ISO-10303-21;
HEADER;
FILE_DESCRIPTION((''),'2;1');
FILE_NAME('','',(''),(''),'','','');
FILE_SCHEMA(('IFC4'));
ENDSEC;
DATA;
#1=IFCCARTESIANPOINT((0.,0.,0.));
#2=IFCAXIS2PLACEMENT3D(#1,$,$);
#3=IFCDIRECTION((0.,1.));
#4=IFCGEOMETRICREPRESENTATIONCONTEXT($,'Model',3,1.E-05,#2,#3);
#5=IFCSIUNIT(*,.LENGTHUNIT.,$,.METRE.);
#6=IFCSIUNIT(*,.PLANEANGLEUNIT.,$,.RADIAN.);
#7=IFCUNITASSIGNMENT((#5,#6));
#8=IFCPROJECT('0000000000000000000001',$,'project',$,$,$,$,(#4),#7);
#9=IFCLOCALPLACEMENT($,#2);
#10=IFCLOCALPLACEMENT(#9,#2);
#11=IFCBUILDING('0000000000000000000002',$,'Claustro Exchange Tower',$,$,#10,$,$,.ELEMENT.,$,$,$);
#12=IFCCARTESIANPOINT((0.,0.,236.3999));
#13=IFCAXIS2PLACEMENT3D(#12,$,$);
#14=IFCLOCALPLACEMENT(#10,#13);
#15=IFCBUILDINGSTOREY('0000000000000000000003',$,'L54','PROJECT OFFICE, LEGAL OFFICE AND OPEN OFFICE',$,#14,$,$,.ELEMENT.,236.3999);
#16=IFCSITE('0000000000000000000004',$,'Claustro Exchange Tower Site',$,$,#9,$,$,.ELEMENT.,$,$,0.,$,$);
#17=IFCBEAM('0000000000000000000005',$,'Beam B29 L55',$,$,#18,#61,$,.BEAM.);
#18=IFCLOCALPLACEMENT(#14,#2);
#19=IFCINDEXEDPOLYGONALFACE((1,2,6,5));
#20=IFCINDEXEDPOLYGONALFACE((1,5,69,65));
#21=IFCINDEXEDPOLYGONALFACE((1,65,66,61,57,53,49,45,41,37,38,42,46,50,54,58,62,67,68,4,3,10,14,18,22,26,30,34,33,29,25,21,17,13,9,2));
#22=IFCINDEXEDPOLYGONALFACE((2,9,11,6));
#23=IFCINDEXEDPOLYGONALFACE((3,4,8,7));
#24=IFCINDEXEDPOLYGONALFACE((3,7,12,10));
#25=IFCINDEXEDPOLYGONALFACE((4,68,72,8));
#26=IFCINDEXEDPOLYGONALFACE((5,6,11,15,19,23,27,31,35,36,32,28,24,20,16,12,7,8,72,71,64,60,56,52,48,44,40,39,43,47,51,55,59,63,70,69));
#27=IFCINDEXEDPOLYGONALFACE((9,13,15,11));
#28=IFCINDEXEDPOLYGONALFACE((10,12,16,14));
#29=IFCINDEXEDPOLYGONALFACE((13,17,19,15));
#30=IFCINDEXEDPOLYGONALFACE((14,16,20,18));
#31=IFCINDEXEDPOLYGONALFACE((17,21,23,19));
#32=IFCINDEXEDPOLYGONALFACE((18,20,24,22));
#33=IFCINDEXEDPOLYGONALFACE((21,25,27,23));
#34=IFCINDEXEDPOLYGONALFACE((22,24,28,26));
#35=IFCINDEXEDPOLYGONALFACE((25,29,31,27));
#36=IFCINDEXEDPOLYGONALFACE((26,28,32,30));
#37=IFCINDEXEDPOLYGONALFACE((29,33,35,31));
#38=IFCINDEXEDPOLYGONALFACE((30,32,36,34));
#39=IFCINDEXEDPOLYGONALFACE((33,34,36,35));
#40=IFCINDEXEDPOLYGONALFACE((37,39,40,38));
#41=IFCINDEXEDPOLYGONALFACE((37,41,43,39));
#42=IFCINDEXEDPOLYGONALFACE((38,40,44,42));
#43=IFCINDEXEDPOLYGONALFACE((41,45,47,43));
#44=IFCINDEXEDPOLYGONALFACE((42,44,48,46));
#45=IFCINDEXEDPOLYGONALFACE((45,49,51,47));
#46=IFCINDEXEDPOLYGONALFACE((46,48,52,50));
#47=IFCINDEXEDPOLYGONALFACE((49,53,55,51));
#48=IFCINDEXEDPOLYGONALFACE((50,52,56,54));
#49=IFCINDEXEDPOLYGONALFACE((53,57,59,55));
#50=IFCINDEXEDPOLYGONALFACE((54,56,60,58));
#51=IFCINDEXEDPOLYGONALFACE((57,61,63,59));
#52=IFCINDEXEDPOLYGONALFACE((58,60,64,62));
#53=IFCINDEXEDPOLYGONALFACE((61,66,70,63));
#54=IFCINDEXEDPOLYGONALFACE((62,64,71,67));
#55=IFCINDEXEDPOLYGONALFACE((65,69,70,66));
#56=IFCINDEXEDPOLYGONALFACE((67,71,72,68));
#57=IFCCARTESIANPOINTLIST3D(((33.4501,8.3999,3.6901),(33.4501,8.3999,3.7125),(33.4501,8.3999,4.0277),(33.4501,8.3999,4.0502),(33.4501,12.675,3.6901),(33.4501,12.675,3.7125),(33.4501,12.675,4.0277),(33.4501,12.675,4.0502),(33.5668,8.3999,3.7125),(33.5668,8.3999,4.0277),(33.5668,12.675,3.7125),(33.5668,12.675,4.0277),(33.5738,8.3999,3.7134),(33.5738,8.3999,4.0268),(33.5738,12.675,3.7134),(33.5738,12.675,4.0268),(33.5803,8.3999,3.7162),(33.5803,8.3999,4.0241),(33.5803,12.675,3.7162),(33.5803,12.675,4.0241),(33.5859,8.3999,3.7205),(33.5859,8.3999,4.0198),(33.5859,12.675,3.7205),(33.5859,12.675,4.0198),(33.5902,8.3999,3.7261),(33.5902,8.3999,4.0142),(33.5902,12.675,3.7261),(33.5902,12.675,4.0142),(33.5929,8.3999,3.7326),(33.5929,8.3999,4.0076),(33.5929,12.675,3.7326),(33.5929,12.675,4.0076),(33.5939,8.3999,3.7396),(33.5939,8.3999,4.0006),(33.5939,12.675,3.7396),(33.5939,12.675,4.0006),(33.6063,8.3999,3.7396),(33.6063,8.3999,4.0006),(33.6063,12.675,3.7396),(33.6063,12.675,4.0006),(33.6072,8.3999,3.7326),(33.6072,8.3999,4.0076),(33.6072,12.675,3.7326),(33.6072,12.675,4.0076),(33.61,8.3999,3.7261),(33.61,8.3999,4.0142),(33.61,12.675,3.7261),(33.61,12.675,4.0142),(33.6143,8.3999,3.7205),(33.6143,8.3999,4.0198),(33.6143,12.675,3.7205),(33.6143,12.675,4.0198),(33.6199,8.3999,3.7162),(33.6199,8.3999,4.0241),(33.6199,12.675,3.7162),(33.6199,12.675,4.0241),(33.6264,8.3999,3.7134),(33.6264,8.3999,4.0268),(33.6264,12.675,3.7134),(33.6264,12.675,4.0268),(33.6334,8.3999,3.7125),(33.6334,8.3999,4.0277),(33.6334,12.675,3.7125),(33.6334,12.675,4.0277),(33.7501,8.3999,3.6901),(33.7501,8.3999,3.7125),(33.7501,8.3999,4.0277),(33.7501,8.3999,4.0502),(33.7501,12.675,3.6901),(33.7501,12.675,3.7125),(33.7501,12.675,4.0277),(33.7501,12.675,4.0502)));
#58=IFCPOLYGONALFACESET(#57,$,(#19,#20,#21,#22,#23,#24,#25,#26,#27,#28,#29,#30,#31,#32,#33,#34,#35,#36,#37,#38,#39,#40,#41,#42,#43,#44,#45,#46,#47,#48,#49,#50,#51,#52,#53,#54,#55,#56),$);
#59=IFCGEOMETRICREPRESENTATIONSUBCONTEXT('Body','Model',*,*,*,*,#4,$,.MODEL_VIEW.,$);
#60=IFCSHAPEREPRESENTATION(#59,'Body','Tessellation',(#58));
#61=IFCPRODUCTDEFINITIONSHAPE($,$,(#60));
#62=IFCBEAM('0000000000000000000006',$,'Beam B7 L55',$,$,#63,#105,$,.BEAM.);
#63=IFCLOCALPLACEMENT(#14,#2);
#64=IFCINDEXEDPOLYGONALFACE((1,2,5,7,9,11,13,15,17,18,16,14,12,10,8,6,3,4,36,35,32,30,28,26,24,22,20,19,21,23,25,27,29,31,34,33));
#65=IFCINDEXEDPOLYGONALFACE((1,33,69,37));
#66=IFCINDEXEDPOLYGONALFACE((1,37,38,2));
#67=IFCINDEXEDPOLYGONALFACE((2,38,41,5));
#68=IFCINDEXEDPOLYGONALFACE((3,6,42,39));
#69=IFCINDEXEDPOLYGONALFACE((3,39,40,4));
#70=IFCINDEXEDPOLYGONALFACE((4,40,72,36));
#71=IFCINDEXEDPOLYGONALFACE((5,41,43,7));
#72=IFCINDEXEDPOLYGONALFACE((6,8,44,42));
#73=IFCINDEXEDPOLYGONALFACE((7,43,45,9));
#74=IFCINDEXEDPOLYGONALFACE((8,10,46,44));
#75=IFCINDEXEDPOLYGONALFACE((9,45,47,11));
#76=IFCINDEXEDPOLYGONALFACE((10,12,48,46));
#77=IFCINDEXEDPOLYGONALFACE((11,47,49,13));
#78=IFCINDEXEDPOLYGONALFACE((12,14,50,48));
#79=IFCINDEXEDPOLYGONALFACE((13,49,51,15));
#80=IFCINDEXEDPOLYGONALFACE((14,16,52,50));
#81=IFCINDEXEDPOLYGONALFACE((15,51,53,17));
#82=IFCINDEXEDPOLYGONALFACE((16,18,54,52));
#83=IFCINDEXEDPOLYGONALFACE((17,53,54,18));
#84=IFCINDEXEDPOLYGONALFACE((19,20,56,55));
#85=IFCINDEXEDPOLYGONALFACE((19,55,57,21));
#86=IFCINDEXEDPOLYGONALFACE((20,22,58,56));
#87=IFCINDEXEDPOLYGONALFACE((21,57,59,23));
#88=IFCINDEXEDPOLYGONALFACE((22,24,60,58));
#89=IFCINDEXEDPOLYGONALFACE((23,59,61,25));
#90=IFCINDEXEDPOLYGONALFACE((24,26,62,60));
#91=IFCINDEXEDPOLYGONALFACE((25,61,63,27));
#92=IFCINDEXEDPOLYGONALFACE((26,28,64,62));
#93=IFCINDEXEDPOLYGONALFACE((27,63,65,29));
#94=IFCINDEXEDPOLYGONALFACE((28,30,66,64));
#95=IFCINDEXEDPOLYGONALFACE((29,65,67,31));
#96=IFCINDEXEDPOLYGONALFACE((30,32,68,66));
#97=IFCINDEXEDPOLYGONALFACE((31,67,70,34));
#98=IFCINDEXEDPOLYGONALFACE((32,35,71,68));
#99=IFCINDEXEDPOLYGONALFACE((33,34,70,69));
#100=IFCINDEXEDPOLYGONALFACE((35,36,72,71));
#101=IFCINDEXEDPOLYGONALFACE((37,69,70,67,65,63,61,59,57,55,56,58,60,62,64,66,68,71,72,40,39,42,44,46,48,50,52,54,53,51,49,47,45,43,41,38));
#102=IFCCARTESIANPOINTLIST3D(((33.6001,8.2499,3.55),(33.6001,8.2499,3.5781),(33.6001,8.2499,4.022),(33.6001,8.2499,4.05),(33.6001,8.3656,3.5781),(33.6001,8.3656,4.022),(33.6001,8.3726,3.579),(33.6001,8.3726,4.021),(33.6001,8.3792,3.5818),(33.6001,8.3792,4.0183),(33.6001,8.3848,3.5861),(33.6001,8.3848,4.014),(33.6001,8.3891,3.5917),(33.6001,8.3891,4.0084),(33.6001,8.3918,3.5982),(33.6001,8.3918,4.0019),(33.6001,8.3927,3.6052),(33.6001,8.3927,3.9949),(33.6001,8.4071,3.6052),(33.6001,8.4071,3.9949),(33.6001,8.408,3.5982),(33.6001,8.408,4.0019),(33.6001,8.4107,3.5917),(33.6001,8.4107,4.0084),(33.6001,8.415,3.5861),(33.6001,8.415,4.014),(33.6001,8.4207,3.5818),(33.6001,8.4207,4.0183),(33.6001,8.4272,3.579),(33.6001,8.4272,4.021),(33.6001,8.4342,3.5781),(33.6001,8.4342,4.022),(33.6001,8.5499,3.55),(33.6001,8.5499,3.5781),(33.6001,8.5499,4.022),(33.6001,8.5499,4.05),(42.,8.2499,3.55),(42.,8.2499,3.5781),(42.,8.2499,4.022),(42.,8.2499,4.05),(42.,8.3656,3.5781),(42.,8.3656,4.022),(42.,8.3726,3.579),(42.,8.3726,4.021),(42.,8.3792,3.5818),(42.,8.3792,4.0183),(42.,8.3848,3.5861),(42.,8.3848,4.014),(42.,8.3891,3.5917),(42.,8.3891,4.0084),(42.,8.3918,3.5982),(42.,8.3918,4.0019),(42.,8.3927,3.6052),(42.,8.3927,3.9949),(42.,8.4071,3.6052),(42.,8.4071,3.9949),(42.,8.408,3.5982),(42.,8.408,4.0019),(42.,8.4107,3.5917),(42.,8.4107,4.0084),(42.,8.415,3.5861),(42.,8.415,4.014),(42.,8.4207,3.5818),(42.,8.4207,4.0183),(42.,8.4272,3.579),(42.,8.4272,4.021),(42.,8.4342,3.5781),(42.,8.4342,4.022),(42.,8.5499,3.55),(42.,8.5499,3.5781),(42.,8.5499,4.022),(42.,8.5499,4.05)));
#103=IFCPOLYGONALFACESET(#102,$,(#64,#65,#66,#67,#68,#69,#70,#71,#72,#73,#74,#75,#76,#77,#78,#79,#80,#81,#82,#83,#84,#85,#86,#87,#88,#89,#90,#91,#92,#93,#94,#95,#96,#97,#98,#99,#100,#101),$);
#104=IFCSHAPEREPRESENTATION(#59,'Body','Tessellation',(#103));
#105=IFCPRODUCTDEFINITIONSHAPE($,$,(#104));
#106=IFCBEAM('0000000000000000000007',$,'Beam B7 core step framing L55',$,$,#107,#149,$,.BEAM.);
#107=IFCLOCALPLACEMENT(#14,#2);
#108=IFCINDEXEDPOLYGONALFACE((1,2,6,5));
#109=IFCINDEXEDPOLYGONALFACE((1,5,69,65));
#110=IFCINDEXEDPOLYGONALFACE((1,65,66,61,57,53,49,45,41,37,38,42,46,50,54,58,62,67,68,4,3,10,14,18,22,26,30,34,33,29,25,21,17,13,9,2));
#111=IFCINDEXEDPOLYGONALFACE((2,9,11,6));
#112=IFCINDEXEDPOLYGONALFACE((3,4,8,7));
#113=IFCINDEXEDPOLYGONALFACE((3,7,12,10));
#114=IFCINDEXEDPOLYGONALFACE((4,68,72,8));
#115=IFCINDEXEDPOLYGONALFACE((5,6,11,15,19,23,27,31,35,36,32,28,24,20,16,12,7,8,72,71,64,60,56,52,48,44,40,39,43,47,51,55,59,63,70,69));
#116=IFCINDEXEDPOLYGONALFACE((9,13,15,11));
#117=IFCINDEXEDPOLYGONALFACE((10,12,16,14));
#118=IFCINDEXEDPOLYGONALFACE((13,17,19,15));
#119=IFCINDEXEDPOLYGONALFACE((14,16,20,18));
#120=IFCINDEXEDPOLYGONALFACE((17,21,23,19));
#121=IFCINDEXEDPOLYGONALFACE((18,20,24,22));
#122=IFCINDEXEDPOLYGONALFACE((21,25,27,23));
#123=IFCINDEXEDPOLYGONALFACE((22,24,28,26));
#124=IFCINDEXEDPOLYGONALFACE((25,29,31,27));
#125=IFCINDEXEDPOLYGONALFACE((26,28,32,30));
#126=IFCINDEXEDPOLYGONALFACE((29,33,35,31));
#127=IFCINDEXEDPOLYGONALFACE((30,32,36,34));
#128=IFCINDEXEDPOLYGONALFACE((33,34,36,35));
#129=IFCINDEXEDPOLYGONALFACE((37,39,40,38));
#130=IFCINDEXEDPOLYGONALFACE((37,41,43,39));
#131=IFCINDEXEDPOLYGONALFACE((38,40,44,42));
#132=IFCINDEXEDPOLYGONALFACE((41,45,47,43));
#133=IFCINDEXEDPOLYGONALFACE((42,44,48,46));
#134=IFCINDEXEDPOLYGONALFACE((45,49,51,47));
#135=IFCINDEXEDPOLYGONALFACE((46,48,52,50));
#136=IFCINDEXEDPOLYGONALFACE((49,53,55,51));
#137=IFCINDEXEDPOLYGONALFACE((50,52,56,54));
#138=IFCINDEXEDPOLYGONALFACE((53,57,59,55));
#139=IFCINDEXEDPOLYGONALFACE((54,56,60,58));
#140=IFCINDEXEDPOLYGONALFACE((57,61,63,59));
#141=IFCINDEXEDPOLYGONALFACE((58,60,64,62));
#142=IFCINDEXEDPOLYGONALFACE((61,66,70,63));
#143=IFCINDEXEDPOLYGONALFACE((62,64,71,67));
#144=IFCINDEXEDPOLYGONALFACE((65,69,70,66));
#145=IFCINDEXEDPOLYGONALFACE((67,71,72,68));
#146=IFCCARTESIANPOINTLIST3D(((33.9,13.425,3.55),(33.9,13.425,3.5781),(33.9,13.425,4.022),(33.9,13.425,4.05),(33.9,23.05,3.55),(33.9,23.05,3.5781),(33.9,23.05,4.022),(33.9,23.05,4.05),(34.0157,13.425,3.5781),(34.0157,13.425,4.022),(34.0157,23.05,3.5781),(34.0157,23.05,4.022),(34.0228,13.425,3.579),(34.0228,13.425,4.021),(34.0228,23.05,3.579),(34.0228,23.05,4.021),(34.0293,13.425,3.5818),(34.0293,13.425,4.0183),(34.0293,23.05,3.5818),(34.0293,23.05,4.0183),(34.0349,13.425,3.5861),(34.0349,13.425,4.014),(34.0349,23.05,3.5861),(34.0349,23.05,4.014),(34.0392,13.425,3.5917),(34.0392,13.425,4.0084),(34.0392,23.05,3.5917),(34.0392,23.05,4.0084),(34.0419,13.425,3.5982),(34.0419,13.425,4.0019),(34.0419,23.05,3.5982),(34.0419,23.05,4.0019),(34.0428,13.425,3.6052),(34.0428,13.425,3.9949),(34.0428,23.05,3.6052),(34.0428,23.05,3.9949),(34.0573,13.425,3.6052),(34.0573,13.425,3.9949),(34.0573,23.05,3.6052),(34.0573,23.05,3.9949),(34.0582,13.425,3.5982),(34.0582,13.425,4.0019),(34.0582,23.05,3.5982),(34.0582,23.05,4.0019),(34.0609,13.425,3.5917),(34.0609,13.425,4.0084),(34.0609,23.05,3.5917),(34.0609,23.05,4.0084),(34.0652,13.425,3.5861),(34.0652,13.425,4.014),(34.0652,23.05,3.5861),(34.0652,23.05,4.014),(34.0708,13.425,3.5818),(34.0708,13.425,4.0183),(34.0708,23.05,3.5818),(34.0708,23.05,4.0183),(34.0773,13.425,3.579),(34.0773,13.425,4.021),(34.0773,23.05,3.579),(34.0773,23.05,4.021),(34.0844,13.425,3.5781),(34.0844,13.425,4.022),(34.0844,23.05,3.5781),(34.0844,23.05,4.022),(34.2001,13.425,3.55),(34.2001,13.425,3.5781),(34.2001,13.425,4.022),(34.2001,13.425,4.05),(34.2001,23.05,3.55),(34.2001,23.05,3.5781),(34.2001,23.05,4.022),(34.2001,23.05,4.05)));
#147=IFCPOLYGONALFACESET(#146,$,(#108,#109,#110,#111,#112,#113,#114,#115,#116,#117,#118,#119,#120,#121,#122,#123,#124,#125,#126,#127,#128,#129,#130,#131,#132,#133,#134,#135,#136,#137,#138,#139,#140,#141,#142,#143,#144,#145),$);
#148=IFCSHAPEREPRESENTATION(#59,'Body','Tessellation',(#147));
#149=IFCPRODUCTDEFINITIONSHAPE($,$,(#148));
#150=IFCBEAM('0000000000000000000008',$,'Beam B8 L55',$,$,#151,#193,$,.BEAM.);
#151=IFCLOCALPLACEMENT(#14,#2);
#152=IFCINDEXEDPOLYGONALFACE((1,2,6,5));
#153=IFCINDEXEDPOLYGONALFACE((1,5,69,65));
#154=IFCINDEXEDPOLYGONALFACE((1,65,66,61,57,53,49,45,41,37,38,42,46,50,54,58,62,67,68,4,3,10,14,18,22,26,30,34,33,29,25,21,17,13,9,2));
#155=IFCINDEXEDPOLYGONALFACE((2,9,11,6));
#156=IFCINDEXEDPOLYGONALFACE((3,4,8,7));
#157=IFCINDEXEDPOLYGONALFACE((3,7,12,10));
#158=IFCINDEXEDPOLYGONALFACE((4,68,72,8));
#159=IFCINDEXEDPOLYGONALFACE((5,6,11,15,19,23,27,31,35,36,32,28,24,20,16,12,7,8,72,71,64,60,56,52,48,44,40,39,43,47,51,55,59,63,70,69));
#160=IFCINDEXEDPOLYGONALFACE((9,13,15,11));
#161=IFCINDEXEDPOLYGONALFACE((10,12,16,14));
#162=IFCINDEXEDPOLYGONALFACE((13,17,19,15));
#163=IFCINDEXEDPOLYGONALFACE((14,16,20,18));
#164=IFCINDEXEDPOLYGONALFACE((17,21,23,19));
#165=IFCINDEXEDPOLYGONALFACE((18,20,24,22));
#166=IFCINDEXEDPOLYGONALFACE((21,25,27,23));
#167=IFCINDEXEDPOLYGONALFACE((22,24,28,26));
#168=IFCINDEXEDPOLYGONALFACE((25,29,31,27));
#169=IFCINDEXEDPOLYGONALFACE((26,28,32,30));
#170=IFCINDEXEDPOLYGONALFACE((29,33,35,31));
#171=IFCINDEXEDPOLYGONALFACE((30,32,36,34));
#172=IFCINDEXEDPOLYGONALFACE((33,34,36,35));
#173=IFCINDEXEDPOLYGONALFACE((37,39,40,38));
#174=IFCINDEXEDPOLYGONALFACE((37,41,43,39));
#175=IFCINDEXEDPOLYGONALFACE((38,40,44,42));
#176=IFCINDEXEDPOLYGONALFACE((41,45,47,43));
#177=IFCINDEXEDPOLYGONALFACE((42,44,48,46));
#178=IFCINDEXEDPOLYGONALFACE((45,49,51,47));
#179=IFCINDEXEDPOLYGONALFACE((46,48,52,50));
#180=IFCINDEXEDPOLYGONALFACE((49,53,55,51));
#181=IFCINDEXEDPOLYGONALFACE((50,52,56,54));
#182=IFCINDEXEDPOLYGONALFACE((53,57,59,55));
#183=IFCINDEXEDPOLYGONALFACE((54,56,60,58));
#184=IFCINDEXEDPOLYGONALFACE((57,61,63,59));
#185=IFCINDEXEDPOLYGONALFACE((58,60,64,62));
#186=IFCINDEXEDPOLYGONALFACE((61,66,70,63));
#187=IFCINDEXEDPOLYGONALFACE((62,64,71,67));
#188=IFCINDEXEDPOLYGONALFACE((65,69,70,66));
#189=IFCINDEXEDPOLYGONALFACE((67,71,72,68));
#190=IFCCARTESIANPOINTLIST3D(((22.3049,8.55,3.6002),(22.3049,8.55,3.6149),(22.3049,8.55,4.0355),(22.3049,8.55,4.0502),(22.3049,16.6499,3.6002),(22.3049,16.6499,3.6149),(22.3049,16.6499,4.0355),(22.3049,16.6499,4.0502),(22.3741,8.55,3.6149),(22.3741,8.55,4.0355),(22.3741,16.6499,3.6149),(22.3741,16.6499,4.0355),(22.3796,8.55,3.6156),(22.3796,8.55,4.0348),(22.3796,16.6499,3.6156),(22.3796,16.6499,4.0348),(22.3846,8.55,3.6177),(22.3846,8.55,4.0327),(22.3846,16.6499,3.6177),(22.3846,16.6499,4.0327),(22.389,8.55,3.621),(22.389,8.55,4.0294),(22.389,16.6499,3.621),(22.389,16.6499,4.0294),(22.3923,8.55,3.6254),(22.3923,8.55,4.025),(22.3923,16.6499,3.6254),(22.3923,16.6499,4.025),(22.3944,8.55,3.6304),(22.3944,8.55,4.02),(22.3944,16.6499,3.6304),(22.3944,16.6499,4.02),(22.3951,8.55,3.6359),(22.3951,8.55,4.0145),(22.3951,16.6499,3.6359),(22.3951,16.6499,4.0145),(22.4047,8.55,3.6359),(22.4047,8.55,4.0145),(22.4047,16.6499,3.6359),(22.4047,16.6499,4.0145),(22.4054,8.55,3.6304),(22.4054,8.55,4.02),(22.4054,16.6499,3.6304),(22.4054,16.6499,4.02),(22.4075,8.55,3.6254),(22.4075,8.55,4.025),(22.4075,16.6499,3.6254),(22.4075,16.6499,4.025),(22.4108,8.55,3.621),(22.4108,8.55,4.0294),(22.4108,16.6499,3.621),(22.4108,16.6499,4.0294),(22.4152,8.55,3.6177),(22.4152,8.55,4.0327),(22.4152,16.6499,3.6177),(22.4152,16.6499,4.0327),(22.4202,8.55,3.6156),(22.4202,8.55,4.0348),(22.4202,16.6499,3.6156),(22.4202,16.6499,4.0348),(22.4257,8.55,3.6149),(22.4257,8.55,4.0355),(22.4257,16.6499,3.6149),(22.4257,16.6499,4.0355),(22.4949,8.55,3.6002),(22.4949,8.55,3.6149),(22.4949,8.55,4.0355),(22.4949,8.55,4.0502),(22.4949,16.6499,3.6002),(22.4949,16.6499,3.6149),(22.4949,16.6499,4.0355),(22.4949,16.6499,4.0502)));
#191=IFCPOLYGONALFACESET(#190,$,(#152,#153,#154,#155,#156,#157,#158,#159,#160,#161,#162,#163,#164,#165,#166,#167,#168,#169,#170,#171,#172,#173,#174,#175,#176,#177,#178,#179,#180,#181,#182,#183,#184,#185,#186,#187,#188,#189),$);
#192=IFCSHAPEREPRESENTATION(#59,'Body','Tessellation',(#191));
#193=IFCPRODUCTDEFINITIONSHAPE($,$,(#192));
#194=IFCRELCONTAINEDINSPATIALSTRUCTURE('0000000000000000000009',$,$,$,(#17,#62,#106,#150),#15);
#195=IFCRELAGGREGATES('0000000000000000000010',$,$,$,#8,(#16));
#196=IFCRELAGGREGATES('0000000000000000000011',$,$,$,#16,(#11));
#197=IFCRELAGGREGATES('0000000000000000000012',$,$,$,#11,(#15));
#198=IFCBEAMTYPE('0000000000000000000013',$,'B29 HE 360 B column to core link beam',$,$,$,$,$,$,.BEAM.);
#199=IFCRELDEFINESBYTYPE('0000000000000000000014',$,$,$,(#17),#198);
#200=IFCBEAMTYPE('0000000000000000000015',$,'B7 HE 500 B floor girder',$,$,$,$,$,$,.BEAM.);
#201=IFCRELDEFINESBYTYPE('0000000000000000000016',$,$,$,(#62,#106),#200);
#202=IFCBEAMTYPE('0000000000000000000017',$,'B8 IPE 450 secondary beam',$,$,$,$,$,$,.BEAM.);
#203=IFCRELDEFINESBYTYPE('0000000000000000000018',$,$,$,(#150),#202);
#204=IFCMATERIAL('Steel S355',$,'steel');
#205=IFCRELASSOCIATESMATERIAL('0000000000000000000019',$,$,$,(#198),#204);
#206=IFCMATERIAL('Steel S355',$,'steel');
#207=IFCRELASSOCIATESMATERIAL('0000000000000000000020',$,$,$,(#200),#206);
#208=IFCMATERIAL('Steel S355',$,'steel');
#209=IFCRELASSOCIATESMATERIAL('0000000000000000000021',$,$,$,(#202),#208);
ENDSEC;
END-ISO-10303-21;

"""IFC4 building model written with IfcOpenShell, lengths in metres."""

from ifc_helpers import new_model, si_unit, direction, frame, origin, origin_2d, place, context, subcontext, project, spatial, i_section, extrude, material, material_profile, profile_set, type_object, element, save


model = new_model("IFC4")

# Units and contexts
model_context = context("Model", 3, precision=1e-05, world=origin(), true_north=direction((0.0, 1.0)))
body_context = subcontext(model_context, "Body", "Model", "MODEL_VIEW")
ifc_project = project(units=[si_unit("LENGTHUNIT", "METRE"), si_unit("PLANEANGLEUNIT", "RADIAN")], contexts=[model_context])

# Site, building, storey
site_placement = place(None, origin())
site = spatial("IfcSite", under=ifc_project, at=site_placement, Name="Claustro Exchange Tower Site", CompositionType="ELEMENT", RefElevation=0.0)
building_placement = place(site_placement, origin())
building = spatial("IfcBuilding", under=site, at=building_placement, Name="Claustro Exchange Tower", CompositionType="ELEMENT")
storey_placement = place(building_placement, frame((0.0, 0.0, 236.3999)))
storey = spatial("IfcBuildingStorey", under=building, at=storey_placement, Name="L54", Description="PROJECT OFFICE, LEGAL OFFICE AND OPEN OFFICE", CompositionType="ELEMENT", Elevation=236.3999)

# Beams
ifc_material_1 = material(Name="Steel S355", Category="steel")
ifc_material_profile_1 = material_profile(ifc_material_1, i_section(OverallWidth=0.3, OverallDepth=0.3601, WebThickness=0.0125, FlangeThickness=0.0225, FilletRadius=0.0271, at=origin_2d()), Name="HE 360 B")
ifc_profile_set_1 = profile_set([ifc_material_profile_1], Name="Steel S355")
beam_type_1 = type_object("IfcBeamType", Name="B29 HE 360 B column to core link beam", PredefinedType="BEAM", material=ifc_profile_set_1)
beam_1_placement = place(storey_placement, frame((33.6001, 8.3999, 3.8701), z_axis=(0.0, 1.0, 0.0), x_axis=(-1.0, 0.0, 0.0)))
element("IfcBeam", 1, at=beam_1_placement, inside=storey, type_object=beam_type_1, Name="Beam B29 L55", PredefinedType="BEAM", context=body_context, shape_type="SweptSolid", body=[
    extrude(i_section(OverallWidth=0.3, OverallDepth=0.3601, WebThickness=0.0125, FlangeThickness=0.0225, FilletRadius=0.0271, at=origin_2d()), origin(), (0.0, 0.0, 1.0), 4.2751),
])
ifc_material_2 = material(Name="Steel S355", Category="steel")
ifc_material_profile_2 = material_profile(ifc_material_2, i_section(OverallWidth=0.3, OverallDepth=0.5, WebThickness=0.0144, FlangeThickness=0.0281, FilletRadius=0.0271, at=origin_2d()), Name="HE 500 B")
ifc_profile_set_2 = profile_set([ifc_material_profile_2], Name="Steel S355")
beam_type_2 = type_object("IfcBeamType", Name="B7 HE 500 B floor girder", PredefinedType="BEAM", material=ifc_profile_set_2)
beam_2_placement = place(storey_placement, frame((33.6001, 8.3999, 3.8), z_axis=(1.0, 0.0, 0.0), x_axis=(0.0, 1.0, 0.0)))
element("IfcBeam", 2, at=beam_2_placement, inside=storey, type_object=beam_type_2, Name="Beam B7 L55", PredefinedType="BEAM", context=body_context, shape_type="SweptSolid", body=[
    extrude(i_section(OverallWidth=0.3, OverallDepth=0.5, WebThickness=0.0144, FlangeThickness=0.0281, FilletRadius=0.0271, at=origin_2d()), origin(), (0.0, 0.0, 1.0), 8.3999),
])
beam_3_placement = place(storey_placement, frame((34.05, 13.425, 3.8), z_axis=(0.0, 1.0, 0.0), x_axis=(-1.0, 0.0, 0.0)))
element("IfcBeam", 3, at=beam_3_placement, inside=storey, type_object=beam_type_2, Name="Beam B7 core step framing L55", PredefinedType="BEAM", context=body_context, shape_type="SweptSolid", body=[
    extrude(i_section(OverallWidth=0.3, OverallDepth=0.5, WebThickness=0.0144, FlangeThickness=0.0281, FilletRadius=0.0271, at=origin_2d()), origin(), (0.0, 0.0, 1.0), 9.625),
])
ifc_material_3 = material(Name="Steel S355", Category="steel")
ifc_material_profile_3 = material_profile(ifc_material_3, i_section(OverallWidth=0.1899, OverallDepth=0.45, WebThickness=0.0095, FlangeThickness=0.0146, FilletRadius=0.021, at=origin_2d()), Name="IPE 450")
ifc_profile_set_3 = profile_set([ifc_material_profile_3], Name="Steel S355")
beam_type_3 = type_object("IfcBeamType", Name="B8 IPE 450 secondary beam", PredefinedType="BEAM", material=ifc_profile_set_3)
for number, where, z_axis, x_axis, name in (
    (4, (22.3999, 8.55, 3.8252), (0.0, 1.0, 0.0), (-1.0, 0.0, 0.0), "Beam B8 L55"),
):
    element("IfcBeam", number, at=place(storey_placement, frame(where, z_axis=z_axis, x_axis=x_axis)), inside=storey, type_object=beam_type_3, Name=name, PredefinedType="BEAM", context=body_context, shape_type="SweptSolid", body=[
        extrude(i_section(OverallWidth=0.1899, OverallDepth=0.45, WebThickness=0.0095, FlangeThickness=0.0146, FilletRadius=0.021, at=origin_2d()), origin(), (0.0, 0.0, 1.0), 8.0999),
    ])

save(model, "model.ifc")
